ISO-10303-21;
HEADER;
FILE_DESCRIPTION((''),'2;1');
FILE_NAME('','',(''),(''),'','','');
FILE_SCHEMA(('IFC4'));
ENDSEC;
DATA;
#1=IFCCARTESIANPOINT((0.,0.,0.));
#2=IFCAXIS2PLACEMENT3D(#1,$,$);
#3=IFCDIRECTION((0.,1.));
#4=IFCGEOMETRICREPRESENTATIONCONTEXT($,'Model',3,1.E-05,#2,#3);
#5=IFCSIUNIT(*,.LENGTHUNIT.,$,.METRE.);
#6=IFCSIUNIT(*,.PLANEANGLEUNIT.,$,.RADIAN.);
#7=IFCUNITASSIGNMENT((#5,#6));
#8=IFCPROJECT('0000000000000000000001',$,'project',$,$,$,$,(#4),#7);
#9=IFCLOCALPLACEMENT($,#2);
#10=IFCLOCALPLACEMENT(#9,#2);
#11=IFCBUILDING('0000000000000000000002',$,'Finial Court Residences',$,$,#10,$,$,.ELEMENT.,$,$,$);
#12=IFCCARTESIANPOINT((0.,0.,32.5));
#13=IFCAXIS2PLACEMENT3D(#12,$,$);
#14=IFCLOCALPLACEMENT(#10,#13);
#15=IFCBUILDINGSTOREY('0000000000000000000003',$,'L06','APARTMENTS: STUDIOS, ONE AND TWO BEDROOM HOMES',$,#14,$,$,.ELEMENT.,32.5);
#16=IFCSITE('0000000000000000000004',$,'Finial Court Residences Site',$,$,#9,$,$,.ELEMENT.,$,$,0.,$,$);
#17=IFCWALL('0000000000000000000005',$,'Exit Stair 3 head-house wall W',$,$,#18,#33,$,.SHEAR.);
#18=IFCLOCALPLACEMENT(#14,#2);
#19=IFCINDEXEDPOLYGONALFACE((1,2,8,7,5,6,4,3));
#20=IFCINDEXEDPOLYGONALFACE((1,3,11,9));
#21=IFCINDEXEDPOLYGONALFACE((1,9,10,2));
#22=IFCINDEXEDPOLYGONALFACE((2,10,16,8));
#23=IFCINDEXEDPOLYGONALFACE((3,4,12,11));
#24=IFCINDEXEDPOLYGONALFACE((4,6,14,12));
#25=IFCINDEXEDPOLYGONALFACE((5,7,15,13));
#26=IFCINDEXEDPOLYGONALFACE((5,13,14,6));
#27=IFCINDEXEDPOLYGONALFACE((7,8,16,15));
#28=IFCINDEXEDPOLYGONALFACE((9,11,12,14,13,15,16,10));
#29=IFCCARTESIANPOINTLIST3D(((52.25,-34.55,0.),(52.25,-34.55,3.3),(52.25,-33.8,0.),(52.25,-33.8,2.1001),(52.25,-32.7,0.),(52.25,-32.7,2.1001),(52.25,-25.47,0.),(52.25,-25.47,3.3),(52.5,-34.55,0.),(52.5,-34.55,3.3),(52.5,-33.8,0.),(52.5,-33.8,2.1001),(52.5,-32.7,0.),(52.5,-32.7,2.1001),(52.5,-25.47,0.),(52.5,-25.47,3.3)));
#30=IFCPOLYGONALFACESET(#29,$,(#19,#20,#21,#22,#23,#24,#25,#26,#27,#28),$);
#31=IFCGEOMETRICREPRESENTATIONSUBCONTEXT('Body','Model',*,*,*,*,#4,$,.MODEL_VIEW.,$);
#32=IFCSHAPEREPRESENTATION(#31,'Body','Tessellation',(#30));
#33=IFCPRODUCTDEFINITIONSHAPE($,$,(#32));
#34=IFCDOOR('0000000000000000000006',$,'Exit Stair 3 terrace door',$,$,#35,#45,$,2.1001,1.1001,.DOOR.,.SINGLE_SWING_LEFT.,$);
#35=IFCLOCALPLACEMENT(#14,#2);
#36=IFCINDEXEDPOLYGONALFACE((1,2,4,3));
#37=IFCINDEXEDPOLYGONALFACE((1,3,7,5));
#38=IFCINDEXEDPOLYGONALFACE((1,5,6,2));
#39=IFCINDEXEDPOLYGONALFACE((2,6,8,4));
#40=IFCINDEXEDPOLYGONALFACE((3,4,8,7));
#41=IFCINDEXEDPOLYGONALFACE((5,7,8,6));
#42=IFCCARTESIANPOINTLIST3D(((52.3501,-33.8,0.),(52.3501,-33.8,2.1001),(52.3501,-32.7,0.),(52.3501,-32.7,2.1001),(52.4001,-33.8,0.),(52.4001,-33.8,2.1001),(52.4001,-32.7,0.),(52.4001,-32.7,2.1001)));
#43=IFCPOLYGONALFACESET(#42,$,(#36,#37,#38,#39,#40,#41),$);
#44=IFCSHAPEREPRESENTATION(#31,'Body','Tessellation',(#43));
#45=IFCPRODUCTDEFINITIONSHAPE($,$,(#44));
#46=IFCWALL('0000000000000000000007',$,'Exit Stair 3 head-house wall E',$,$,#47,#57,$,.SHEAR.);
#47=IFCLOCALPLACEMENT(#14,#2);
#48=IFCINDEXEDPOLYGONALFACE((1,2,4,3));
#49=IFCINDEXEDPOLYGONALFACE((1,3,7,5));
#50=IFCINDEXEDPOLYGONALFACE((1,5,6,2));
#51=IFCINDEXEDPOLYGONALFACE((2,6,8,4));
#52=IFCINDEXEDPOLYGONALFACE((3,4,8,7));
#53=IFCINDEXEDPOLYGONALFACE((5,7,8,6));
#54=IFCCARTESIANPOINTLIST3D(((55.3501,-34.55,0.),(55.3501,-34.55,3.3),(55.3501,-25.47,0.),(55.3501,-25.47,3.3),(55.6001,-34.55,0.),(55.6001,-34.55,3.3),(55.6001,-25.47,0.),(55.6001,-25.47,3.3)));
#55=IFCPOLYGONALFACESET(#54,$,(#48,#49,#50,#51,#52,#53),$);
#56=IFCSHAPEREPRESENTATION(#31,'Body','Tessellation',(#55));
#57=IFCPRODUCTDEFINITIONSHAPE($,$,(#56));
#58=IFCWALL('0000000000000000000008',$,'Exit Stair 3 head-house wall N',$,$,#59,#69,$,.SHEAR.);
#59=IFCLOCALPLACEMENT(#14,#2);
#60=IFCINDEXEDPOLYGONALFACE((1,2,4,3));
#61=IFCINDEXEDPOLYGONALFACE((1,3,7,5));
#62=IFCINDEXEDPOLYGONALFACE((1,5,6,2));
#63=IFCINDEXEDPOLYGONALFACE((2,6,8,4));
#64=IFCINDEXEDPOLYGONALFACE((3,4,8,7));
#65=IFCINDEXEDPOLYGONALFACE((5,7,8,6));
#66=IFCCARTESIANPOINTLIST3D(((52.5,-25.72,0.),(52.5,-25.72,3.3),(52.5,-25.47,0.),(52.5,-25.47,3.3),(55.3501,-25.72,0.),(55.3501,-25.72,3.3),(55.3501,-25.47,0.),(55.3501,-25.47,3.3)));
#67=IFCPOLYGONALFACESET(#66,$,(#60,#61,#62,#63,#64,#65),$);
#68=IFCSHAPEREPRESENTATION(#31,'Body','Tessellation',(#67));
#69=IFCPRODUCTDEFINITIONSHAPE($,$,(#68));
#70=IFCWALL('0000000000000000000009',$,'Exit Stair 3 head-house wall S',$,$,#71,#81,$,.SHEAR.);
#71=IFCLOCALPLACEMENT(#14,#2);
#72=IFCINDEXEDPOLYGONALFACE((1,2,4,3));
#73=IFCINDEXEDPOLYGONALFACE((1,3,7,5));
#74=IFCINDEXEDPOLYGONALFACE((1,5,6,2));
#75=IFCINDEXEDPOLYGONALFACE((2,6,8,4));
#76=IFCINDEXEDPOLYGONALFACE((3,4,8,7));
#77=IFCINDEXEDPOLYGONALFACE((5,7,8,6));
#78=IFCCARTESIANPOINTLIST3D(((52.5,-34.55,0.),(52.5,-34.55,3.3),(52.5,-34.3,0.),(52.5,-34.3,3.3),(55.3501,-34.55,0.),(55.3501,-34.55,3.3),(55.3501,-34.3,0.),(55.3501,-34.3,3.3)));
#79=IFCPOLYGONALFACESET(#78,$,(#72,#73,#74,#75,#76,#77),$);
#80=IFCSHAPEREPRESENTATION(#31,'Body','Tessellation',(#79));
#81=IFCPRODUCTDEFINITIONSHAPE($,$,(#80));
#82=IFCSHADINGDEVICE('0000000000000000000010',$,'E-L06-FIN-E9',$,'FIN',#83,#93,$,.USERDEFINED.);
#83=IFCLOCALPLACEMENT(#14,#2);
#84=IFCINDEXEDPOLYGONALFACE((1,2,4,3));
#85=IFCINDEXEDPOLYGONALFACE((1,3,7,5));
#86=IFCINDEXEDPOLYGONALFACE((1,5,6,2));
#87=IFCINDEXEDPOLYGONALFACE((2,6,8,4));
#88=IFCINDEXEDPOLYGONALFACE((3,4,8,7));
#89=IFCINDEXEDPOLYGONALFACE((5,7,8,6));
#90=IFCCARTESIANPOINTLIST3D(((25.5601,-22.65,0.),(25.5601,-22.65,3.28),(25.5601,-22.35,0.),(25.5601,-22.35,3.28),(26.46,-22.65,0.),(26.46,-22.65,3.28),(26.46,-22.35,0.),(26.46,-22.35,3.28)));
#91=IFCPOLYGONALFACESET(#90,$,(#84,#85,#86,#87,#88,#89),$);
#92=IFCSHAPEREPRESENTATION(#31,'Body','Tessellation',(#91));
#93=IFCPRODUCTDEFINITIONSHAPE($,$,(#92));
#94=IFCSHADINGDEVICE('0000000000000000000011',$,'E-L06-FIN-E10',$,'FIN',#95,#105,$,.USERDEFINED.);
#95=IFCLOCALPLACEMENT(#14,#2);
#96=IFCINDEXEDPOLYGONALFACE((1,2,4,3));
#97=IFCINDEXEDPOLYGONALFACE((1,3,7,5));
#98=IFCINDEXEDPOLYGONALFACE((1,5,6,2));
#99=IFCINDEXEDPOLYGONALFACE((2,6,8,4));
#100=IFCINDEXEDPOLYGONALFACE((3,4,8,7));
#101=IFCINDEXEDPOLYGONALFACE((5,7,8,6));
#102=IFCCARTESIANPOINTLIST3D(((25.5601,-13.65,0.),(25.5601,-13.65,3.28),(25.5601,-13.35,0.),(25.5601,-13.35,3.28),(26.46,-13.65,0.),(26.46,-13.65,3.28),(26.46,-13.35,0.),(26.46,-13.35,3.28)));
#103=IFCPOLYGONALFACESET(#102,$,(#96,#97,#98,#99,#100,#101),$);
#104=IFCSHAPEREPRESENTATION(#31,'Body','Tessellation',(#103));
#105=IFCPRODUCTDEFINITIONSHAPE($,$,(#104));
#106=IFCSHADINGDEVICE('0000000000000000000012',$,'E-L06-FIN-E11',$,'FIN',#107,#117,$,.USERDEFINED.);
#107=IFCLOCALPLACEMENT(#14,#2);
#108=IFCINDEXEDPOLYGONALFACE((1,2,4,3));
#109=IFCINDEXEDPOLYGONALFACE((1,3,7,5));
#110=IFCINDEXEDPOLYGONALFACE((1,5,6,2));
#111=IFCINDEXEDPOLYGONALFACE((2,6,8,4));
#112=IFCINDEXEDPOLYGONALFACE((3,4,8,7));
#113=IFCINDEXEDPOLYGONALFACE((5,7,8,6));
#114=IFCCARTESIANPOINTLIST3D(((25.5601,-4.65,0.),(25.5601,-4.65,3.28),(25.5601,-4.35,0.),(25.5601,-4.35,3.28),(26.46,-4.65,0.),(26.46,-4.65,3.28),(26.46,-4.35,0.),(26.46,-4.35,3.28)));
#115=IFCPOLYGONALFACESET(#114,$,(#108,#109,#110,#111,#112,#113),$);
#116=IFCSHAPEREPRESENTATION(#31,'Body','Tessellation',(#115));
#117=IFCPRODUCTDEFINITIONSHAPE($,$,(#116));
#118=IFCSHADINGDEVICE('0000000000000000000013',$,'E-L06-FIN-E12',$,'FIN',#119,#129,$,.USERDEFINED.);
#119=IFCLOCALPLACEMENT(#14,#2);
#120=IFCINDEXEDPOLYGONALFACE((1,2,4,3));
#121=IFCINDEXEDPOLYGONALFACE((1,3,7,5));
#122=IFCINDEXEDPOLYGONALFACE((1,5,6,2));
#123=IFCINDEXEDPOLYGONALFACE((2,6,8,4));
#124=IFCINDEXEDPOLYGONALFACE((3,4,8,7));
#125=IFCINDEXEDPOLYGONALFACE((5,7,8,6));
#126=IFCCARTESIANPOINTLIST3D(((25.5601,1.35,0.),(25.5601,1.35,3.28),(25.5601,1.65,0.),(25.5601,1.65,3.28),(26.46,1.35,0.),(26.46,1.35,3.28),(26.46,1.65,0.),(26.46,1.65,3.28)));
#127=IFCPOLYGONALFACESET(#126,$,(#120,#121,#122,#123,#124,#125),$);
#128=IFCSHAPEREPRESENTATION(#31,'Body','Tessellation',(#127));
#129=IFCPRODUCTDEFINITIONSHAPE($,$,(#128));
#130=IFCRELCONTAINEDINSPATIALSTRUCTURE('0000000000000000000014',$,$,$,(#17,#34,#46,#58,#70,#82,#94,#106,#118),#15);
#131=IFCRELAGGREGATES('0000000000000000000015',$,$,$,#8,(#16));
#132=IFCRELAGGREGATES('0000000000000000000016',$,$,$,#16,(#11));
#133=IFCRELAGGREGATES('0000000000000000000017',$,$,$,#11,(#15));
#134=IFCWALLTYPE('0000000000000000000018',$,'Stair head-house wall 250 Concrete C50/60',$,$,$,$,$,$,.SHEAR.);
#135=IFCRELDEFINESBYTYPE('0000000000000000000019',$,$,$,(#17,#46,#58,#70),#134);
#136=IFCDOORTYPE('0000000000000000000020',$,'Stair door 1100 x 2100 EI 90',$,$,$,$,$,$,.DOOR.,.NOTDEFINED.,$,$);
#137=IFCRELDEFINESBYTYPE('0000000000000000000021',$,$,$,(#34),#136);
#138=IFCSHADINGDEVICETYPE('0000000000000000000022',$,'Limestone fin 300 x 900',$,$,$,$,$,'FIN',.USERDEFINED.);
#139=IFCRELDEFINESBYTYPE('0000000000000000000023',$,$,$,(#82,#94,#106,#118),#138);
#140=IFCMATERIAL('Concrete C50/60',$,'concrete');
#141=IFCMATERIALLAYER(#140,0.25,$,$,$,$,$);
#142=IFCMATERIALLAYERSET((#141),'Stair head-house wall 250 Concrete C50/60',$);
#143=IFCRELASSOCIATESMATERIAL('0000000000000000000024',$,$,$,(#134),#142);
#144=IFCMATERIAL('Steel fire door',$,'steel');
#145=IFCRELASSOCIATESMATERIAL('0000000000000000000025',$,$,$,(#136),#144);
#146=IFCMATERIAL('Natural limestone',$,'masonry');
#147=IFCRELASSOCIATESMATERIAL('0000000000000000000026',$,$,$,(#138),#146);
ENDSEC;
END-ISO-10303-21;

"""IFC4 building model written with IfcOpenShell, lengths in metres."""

from ifc_helpers import new_model, si_unit, direction, frame, frame_2d, origin, origin_2d, place, context, subcontext, project, spatial, rectangle, extrude, material, layer, layer_set, type_object, element, fill, save


model = new_model("IFC4")

# Units and contexts
model_context = context("Model", 3, precision=1e-05, world=origin(), true_north=direction((0.0, 1.0)))
body_context = subcontext(model_context, "Body", "Model", "MODEL_VIEW")
ifc_project = project(units=[si_unit("LENGTHUNIT", "METRE"), si_unit("PLANEANGLEUNIT", "RADIAN")], contexts=[model_context])

# Site, building, storey
site_placement = place(None, origin())
site = spatial("IfcSite", under=ifc_project, at=site_placement, Name="Finial Court Residences Site", CompositionType="ELEMENT", RefElevation=0.0)
building_placement = place(site_placement, origin())
building = spatial("IfcBuilding", under=site, at=building_placement, Name="Finial Court Residences", CompositionType="ELEMENT")
storey_placement = place(building_placement, frame((0.0, 0.0, 32.5)))
storey = spatial("IfcBuildingStorey", under=building, at=storey_placement, Name="L06", Description="APARTMENTS: STUDIOS, ONE AND TWO BEDROOM HOMES", CompositionType="ELEMENT", Elevation=32.5)

# Shared definitions
ifc_material_1 = material(Name="Natural limestone", Category="masonry")

# Wall, opening, door
ifc_material_2 = material(Name="Concrete C50/60", Category="concrete")
ifc_layer_1 = layer(ifc_material_2, 0.25)
ifc_layer_set_1 = layer_set([ifc_layer_1], Name="Stair head-house wall 250 Concrete C50/60")
wall_type_1 = type_object("IfcWallType", Name="Stair head-house wall 250 Concrete C50/60", PredefinedType="SHEAR", material=ifc_layer_set_1)
wall_1_placement = place(storey_placement, frame((52.375, -34.55, 0.0), z_axis=(0.0, 0.0, 1.0), x_axis=(0.0, 1.0, 0.0)))
wall_1 = element("IfcWall", 1, at=wall_1_placement, inside=storey, type_object=wall_type_1, Name="Exit Stair 3 head-house wall W", PredefinedType="SHEAR", context=body_context, shape_type="SweptSolid", body=[
    extrude(rectangle(XDim=9.0801, YDim=0.25, at=frame_2d((4.54, 0.0))), origin(), (0.0, 0.0, 1.0), 3.3),
])
opening_1_placement = place(wall_1_placement, frame((0.75, 0.0, 0.0)))
opening_1 = element("IfcOpeningElement", 2, at=opening_1_placement, cuts=wall_1, PredefinedType="OPENING", context=body_context, shape_type="SweptSolid", body=[
    extrude(rectangle(XDim=1.1001, YDim=2.1001, at=frame_2d((0.55, 1.05))), frame((0.0, 0.135, 0.0), z_axis=(0.0, -1.0, 0.0), x_axis=(1.0, 0.0, 0.0)), (0.0, 0.0, 1.0), 0.27),
])
ifc_material_3 = material(Name="Steel fire door", Category="steel")
door_type_1 = type_object("IfcDoorType", Name="Stair door 1100 x 2100 EI 90", OperationType="NOTDEFINED", PredefinedType="DOOR", material=ifc_material_3)
door_1_placement = place(opening_1_placement, origin())
door_1 = element("IfcDoor", 3, at=door_1_placement, inside=storey, type_object=door_type_1, Name="Exit Stair 3 terrace door", OperationType="SINGLE_SWING_LEFT", OverallHeight=2.1001, OverallWidth=1.1001, PredefinedType="DOOR", context=body_context, shape_type="SweptSolid", body=[
    extrude(rectangle(XDim=1.1001, YDim=2.1001, at=frame_2d((0.55, 1.05))), frame((0.0, 0.0249, 0.0), z_axis=(0.0, -1.0, 0.0), x_axis=(1.0, 0.0, 0.0)), (0.0, 0.0, 1.0), 0.05),
])
fill(opening_1, door_1)

# Walls
wall_2_placement = place(storey_placement, frame((55.4751, -34.55, 0.0), z_axis=(0.0, 0.0, 1.0), x_axis=(0.0, 1.0, 0.0)))
element("IfcWall", 4, at=wall_2_placement, inside=storey, type_object=wall_type_1, Name="Exit Stair 3 head-house wall E", PredefinedType="SHEAR", context=body_context, shape_type="SweptSolid", body=[
    extrude(rectangle(XDim=9.0801, YDim=0.25, at=frame_2d((4.54, 0.0))), origin(), (0.0, 0.0, 1.0), 3.3),
])
for number, where, z_axis, x_axis, name in (
    (5, (52.5, -25.595, 0.0), (0.0, 0.0, 1.0), (1.0, 0.0, 0.0), "Exit Stair 3 head-house wall N"),
    (6, (52.5, -34.425, 0.0), (0.0, 0.0, 1.0), (1.0, 0.0, 0.0), "Exit Stair 3 head-house wall S"),
):
    element("IfcWall", number, at=place(storey_placement, frame(where, z_axis=z_axis, x_axis=x_axis)), inside=storey, type_object=wall_type_1, Name=name, PredefinedType="SHEAR", context=body_context, shape_type="SweptSolid", body=[
        extrude(rectangle(XDim=2.8501, YDim=0.25, at=frame_2d((1.425, 0.0))), origin(), (0.0, 0.0, 1.0), 3.3),
    ])

# Shading devices
shading_device_type = type_object("IfcShadingDeviceType", Name="Limestone fin 300 x 900", ElementType="FIN", PredefinedType="USERDEFINED", material=ifc_material_1)
for number, where, z_axis, x_axis, name in (
    (7, (26.01, -22.5, 0.0), (0.0, 0.0, 1.0), (1.0, 0.0, 0.0), "E-L06-FIN-E9"),
    (8, (26.01, -13.5, 0.0), (0.0, 0.0, 1.0), (1.0, 0.0, 0.0), "E-L06-FIN-E10"),
    (9, (26.01, -4.5, 0.0), (0.0, 0.0, 1.0), (1.0, 0.0, 0.0), "E-L06-FIN-E11"),
    (10, (26.01, 1.5, 0.0), (0.0, 0.0, 1.0), (1.0, 0.0, 0.0), "E-L06-FIN-E12"),
):
    element("IfcShadingDevice", number, at=place(storey_placement, frame(where, z_axis=z_axis, x_axis=x_axis)), inside=storey, type_object=shading_device_type, Name=name, ObjectType="FIN", PredefinedType="USERDEFINED", context=body_context, shape_type="SweptSolid", body=[
        extrude(rectangle(XDim=0.8999, YDim=0.3, at=origin_2d()), origin(), (0.0, 0.0, 1.0), 3.28),
    ])

save(model, "model.ifc")
